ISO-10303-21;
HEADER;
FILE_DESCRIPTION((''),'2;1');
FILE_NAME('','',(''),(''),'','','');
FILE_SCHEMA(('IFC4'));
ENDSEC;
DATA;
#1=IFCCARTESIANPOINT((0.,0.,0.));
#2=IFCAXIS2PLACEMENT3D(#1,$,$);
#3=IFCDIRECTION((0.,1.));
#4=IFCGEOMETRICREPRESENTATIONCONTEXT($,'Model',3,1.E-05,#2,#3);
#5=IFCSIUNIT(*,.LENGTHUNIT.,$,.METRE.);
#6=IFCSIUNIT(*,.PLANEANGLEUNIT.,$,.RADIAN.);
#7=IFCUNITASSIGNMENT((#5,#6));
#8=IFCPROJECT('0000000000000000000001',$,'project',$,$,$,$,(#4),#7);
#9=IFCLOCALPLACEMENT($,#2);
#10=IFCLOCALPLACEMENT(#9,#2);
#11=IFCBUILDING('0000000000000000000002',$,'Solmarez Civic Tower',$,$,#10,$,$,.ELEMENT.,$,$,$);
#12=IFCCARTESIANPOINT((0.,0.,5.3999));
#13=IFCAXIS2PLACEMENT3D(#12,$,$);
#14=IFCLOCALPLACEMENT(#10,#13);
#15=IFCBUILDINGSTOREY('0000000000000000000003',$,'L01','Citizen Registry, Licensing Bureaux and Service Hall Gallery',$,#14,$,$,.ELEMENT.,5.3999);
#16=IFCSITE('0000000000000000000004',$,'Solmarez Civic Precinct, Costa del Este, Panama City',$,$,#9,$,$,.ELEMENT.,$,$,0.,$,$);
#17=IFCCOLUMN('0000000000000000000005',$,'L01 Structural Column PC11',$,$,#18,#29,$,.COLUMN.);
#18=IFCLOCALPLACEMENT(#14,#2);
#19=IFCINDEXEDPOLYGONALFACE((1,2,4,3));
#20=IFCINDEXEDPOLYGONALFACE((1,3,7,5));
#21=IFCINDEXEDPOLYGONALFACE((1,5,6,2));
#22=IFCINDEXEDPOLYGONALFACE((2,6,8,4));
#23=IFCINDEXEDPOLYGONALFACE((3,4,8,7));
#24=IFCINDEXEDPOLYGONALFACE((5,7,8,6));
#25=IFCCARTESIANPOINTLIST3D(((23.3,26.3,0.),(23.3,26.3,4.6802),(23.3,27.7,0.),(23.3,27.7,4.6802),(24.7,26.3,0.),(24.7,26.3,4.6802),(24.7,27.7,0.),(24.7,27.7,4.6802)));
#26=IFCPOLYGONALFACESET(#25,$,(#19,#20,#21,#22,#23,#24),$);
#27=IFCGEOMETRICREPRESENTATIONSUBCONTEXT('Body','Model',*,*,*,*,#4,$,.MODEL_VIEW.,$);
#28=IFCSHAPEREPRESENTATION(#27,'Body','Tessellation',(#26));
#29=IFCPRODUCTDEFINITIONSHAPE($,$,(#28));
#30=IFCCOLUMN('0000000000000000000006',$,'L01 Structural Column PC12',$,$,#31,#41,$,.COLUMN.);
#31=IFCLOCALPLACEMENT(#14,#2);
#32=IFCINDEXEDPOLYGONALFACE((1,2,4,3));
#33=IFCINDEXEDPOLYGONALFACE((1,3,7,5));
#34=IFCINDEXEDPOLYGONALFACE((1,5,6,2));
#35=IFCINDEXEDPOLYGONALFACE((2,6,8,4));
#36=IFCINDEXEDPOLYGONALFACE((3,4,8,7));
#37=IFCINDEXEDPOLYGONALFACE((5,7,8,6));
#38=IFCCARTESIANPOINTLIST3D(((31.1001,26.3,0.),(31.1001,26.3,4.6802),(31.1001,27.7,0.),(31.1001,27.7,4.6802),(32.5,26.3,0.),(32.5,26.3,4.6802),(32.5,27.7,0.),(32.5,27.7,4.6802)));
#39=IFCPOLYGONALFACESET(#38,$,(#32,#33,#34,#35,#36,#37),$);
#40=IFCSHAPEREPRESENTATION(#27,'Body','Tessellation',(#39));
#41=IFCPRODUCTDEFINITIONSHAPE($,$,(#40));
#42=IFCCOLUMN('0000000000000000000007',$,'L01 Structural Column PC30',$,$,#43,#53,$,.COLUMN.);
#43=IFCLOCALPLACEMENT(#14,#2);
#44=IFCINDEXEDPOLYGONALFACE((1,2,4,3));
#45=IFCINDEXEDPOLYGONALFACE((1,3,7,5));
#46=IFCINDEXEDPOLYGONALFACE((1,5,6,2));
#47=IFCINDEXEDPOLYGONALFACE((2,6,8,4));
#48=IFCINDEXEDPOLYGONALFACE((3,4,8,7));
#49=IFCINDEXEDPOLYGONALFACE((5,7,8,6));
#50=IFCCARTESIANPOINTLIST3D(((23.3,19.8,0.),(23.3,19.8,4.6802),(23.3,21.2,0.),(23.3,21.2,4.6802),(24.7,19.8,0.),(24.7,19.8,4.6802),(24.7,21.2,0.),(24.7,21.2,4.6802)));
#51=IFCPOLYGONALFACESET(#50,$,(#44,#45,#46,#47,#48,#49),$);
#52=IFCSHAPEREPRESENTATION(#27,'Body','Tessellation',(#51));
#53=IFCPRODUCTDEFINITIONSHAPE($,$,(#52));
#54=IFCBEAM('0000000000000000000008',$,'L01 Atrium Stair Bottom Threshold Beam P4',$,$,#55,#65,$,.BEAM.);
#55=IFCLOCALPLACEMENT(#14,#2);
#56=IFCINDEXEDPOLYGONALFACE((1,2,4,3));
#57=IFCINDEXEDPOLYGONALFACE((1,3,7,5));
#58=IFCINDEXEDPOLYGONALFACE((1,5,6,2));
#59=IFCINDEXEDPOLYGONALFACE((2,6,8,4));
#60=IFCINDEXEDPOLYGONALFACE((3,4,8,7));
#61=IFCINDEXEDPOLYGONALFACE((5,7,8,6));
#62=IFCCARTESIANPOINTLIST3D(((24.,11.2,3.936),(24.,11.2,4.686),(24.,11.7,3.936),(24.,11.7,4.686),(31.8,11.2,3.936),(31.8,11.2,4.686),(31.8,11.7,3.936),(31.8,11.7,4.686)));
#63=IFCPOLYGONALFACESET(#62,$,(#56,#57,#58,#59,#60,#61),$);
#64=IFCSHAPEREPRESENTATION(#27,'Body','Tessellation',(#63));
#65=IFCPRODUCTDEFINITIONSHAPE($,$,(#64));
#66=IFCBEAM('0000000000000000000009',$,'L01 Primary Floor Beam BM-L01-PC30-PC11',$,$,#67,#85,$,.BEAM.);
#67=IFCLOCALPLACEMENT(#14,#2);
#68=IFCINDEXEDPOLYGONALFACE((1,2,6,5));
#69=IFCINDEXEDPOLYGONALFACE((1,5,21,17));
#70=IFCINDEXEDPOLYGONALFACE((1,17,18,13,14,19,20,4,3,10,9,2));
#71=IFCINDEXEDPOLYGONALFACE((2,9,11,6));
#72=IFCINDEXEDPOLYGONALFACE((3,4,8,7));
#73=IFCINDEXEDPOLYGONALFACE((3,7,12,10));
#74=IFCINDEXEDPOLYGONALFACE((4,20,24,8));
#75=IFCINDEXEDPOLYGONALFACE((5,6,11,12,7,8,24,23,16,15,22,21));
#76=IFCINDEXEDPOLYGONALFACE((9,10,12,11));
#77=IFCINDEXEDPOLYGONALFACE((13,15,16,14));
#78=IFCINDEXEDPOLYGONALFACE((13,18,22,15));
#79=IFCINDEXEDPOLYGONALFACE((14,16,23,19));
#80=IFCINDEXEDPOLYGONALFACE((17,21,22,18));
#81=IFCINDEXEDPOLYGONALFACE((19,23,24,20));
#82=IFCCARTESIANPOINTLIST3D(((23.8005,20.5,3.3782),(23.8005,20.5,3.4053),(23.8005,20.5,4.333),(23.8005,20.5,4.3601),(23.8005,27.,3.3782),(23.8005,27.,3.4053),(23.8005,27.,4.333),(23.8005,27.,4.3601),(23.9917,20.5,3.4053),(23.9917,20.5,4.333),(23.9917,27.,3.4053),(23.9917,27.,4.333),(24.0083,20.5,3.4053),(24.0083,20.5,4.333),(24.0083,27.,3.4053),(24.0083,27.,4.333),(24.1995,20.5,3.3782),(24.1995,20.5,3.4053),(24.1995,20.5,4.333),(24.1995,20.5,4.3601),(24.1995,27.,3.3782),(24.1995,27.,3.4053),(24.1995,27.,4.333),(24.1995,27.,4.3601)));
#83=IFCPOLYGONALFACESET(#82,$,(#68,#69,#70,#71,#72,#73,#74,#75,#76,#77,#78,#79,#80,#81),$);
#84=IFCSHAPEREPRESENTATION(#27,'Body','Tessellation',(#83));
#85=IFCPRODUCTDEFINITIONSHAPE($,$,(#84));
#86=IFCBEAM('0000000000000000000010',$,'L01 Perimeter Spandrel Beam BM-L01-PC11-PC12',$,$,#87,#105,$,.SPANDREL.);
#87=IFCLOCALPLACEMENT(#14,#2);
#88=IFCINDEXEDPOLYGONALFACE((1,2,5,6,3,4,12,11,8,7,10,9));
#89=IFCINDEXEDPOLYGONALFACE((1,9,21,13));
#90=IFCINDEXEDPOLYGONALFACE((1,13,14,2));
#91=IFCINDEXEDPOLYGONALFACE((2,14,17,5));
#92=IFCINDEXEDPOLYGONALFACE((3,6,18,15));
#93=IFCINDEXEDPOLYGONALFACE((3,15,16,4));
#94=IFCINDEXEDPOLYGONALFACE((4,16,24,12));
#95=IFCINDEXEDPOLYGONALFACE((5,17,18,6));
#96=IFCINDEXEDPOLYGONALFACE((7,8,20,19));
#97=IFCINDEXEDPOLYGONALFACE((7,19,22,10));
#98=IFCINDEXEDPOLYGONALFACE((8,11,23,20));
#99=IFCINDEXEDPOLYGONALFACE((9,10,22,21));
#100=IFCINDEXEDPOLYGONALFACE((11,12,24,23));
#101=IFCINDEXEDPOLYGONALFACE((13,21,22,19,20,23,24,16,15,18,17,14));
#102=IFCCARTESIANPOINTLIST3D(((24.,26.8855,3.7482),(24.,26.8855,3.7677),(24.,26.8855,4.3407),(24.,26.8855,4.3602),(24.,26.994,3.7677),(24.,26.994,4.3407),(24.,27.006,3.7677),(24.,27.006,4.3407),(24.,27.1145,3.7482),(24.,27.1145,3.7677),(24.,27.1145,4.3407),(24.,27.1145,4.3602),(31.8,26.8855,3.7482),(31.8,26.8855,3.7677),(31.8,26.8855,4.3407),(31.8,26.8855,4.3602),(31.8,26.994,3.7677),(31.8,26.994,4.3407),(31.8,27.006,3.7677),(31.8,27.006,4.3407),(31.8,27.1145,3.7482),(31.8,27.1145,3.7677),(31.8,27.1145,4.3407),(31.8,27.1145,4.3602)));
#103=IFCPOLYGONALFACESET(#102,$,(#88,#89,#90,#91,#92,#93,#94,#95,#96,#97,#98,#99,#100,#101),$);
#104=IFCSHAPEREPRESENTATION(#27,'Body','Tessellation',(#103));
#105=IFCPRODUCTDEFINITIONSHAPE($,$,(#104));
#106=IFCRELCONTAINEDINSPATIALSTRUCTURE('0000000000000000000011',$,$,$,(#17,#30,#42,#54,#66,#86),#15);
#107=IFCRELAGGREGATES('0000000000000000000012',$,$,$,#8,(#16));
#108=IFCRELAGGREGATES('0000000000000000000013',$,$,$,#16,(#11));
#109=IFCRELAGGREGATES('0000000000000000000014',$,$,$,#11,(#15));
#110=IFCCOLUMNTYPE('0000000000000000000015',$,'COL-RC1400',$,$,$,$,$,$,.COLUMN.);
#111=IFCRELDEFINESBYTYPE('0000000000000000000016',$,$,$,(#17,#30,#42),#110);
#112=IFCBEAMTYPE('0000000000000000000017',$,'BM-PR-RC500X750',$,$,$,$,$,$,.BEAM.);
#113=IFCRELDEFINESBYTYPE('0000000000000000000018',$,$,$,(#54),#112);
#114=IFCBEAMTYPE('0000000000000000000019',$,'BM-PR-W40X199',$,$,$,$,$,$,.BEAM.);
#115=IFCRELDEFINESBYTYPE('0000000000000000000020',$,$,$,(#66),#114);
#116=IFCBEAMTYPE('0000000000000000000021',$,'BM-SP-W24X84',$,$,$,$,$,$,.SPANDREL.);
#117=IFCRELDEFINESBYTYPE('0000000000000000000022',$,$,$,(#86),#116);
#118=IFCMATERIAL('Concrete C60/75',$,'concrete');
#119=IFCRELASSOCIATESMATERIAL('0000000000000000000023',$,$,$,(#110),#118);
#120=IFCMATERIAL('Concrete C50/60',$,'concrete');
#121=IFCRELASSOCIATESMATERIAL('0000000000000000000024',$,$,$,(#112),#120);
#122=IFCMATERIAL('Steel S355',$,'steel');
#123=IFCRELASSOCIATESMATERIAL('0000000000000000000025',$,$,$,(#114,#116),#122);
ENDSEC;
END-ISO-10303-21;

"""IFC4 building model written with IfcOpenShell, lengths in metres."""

from ifc_helpers import new_model, si_unit, direction, frame, origin, origin_2d, place, context, subcontext, project, spatial, rectangle, i_section, extrude, material, material_profile, profile_set, type_object, element, save


model = new_model("IFC4")

# Units and contexts
model_context = context("Model", 3, precision=1e-05, world=origin(), true_north=direction((0.0, 1.0)))
body_context = subcontext(model_context, "Body", "Model", "MODEL_VIEW")
ifc_project = project(units=[si_unit("LENGTHUNIT", "METRE"), si_unit("PLANEANGLEUNIT", "RADIAN")], contexts=[model_context])

# Site, building, storey
site_placement = place(None, origin())
site = spatial("IfcSite", under=ifc_project, at=site_placement, Name="Solmarez Civic Precinct, Costa del Este, Panama City", CompositionType="ELEMENT", RefElevation=0.0)
building_placement = place(site_placement, origin())
building = spatial("IfcBuilding", under=site, at=building_placement, Name="Solmarez Civic Tower", CompositionType="ELEMENT")
storey_placement = place(building_placement, frame((0.0, 0.0, 5.3999)))
storey = spatial("IfcBuildingStorey", under=building, at=storey_placement, Name="L01", Description="Citizen Registry, Licensing Bureaux and Service Hall Gallery", CompositionType="ELEMENT", Elevation=5.3999)

# Columns
ifc_material_1 = material(Name="Concrete C60/75", Category="concrete")
ifc_material_profile_1 = material_profile(ifc_material_1, rectangle(XDim=1.3999, YDim=1.3999, at=origin_2d()), Name="RC1400X1400")
ifc_profile_set_1 = profile_set([ifc_material_profile_1], Name="Concrete C60/75")
column_type = type_object("IfcColumnType", Name="COL-RC1400", PredefinedType="COLUMN", material=ifc_profile_set_1)
for number, where, z_axis, x_axis, name in (
    (1, (24.0, 27.0, 0.0), (0.0, 0.0, 1.0), (1.0, 0.0, 0.0), "L01 Structural Column PC11"),
    (2, (31.8, 27.0, 0.0), (0.0, 0.0, 1.0), (1.0, 0.0, 0.0), "L01 Structural Column PC12"),
    (3, (24.0, 20.5, 0.0), (0.0, 0.0, 1.0), (1.0, 0.0, 0.0), "L01 Structural Column PC30"),
):
    element("IfcColumn", number, at=place(storey_placement, frame(where, z_axis=z_axis, x_axis=x_axis)), inside=storey, type_object=column_type, Name=name, PredefinedType="COLUMN", context=body_context, shape_type="SweptSolid", body=[
        extrude(rectangle(XDim=1.3999, YDim=1.3999, at=origin_2d()), origin(), (0.0, 0.0, 1.0), 4.6802),
    ])

# Beams
ifc_material_2 = material(Name="Concrete C50/60", Category="concrete")
ifc_material_profile_2 = material_profile(ifc_material_2, rectangle(XDim=0.5, YDim=0.75, at=origin_2d()), Name="RC500X750")
ifc_profile_set_2 = profile_set([ifc_material_profile_2], Name="Concrete C50/60")
beam_type_1 = type_object("IfcBeamType", Name="BM-PR-RC500X750", PredefinedType="BEAM", material=ifc_profile_set_2)
beam_1_placement = place(storey_placement, frame((24.0, 11.45, 4.311), z_axis=(1.0, 0.0, 0.0), x_axis=(0.0, 1.0, 0.0)))
element("IfcBeam", 4, at=beam_1_placement, inside=storey, type_object=beam_type_1, Name="L01 Atrium Stair Bottom Threshold Beam P4", PredefinedType="BEAM", context=body_context, shape_type="SweptSolid", body=[
    extrude(rectangle(XDim=0.5, YDim=0.75, at=origin_2d()), origin(), (0.0, 0.0, 1.0), 7.8),
])
ifc_material_3 = material(Name="Steel S355", Category="steel")
ifc_material_profile_3 = material_profile(ifc_material_3, i_section(OverallWidth=0.3989, OverallDepth=0.9819, WebThickness=0.0166, FlangeThickness=0.0271, at=origin_2d()), Name="W40X199")
ifc_profile_set_3 = profile_set([ifc_material_profile_3], Name="Steel S355")
beam_type_2 = type_object("IfcBeamType", Name="BM-PR-W40X199", PredefinedType="BEAM", material=ifc_profile_set_3)
beam_2_placement = place(storey_placement, frame((24.0, 20.5, 3.8691), z_axis=(0.0, 1.0, 0.0), x_axis=(-1.0, 0.0, 0.0)))
element("IfcBeam", 5, at=beam_2_placement, inside=storey, type_object=beam_type_2, Name="L01 Primary Floor Beam BM-L01-PC30-PC11", PredefinedType="BEAM", context=body_context, shape_type="SweptSolid", body=[
    extrude(i_section(OverallWidth=0.3989, OverallDepth=0.9819, WebThickness=0.0166, FlangeThickness=0.0271, at=origin_2d()), origin(), (0.0, 0.0, 1.0), 6.5),
])
ifc_material_profile_4 = material_profile(ifc_material_3, i_section(OverallWidth=0.229, OverallDepth=0.6121, WebThickness=0.012, FlangeThickness=0.0195, at=origin_2d()), Name="W24X84")
ifc_profile_set_4 = profile_set([ifc_material_profile_4], Name="Steel S355")
beam_type_3 = type_object("IfcBeamType", Name="BM-SP-W24X84", PredefinedType="SPANDREL", material=ifc_profile_set_4)
beam_3_placement = place(storey_placement, frame((24.0, 27.0, 4.0542), z_axis=(1.0, 0.0, 0.0), x_axis=(0.0, 1.0, 0.0)))
element("IfcBeam", 6, at=beam_3_placement, inside=storey, type_object=beam_type_3, Name="L01 Perimeter Spandrel Beam BM-L01-PC11-PC12", PredefinedType="SPANDREL", context=body_context, shape_type="SweptSolid", body=[
    extrude(i_section(OverallWidth=0.229, OverallDepth=0.6121, WebThickness=0.012, FlangeThickness=0.0195, at=origin_2d()), origin(), (0.0, 0.0, 1.0), 7.8),
])

save(model, "model.ifc")
